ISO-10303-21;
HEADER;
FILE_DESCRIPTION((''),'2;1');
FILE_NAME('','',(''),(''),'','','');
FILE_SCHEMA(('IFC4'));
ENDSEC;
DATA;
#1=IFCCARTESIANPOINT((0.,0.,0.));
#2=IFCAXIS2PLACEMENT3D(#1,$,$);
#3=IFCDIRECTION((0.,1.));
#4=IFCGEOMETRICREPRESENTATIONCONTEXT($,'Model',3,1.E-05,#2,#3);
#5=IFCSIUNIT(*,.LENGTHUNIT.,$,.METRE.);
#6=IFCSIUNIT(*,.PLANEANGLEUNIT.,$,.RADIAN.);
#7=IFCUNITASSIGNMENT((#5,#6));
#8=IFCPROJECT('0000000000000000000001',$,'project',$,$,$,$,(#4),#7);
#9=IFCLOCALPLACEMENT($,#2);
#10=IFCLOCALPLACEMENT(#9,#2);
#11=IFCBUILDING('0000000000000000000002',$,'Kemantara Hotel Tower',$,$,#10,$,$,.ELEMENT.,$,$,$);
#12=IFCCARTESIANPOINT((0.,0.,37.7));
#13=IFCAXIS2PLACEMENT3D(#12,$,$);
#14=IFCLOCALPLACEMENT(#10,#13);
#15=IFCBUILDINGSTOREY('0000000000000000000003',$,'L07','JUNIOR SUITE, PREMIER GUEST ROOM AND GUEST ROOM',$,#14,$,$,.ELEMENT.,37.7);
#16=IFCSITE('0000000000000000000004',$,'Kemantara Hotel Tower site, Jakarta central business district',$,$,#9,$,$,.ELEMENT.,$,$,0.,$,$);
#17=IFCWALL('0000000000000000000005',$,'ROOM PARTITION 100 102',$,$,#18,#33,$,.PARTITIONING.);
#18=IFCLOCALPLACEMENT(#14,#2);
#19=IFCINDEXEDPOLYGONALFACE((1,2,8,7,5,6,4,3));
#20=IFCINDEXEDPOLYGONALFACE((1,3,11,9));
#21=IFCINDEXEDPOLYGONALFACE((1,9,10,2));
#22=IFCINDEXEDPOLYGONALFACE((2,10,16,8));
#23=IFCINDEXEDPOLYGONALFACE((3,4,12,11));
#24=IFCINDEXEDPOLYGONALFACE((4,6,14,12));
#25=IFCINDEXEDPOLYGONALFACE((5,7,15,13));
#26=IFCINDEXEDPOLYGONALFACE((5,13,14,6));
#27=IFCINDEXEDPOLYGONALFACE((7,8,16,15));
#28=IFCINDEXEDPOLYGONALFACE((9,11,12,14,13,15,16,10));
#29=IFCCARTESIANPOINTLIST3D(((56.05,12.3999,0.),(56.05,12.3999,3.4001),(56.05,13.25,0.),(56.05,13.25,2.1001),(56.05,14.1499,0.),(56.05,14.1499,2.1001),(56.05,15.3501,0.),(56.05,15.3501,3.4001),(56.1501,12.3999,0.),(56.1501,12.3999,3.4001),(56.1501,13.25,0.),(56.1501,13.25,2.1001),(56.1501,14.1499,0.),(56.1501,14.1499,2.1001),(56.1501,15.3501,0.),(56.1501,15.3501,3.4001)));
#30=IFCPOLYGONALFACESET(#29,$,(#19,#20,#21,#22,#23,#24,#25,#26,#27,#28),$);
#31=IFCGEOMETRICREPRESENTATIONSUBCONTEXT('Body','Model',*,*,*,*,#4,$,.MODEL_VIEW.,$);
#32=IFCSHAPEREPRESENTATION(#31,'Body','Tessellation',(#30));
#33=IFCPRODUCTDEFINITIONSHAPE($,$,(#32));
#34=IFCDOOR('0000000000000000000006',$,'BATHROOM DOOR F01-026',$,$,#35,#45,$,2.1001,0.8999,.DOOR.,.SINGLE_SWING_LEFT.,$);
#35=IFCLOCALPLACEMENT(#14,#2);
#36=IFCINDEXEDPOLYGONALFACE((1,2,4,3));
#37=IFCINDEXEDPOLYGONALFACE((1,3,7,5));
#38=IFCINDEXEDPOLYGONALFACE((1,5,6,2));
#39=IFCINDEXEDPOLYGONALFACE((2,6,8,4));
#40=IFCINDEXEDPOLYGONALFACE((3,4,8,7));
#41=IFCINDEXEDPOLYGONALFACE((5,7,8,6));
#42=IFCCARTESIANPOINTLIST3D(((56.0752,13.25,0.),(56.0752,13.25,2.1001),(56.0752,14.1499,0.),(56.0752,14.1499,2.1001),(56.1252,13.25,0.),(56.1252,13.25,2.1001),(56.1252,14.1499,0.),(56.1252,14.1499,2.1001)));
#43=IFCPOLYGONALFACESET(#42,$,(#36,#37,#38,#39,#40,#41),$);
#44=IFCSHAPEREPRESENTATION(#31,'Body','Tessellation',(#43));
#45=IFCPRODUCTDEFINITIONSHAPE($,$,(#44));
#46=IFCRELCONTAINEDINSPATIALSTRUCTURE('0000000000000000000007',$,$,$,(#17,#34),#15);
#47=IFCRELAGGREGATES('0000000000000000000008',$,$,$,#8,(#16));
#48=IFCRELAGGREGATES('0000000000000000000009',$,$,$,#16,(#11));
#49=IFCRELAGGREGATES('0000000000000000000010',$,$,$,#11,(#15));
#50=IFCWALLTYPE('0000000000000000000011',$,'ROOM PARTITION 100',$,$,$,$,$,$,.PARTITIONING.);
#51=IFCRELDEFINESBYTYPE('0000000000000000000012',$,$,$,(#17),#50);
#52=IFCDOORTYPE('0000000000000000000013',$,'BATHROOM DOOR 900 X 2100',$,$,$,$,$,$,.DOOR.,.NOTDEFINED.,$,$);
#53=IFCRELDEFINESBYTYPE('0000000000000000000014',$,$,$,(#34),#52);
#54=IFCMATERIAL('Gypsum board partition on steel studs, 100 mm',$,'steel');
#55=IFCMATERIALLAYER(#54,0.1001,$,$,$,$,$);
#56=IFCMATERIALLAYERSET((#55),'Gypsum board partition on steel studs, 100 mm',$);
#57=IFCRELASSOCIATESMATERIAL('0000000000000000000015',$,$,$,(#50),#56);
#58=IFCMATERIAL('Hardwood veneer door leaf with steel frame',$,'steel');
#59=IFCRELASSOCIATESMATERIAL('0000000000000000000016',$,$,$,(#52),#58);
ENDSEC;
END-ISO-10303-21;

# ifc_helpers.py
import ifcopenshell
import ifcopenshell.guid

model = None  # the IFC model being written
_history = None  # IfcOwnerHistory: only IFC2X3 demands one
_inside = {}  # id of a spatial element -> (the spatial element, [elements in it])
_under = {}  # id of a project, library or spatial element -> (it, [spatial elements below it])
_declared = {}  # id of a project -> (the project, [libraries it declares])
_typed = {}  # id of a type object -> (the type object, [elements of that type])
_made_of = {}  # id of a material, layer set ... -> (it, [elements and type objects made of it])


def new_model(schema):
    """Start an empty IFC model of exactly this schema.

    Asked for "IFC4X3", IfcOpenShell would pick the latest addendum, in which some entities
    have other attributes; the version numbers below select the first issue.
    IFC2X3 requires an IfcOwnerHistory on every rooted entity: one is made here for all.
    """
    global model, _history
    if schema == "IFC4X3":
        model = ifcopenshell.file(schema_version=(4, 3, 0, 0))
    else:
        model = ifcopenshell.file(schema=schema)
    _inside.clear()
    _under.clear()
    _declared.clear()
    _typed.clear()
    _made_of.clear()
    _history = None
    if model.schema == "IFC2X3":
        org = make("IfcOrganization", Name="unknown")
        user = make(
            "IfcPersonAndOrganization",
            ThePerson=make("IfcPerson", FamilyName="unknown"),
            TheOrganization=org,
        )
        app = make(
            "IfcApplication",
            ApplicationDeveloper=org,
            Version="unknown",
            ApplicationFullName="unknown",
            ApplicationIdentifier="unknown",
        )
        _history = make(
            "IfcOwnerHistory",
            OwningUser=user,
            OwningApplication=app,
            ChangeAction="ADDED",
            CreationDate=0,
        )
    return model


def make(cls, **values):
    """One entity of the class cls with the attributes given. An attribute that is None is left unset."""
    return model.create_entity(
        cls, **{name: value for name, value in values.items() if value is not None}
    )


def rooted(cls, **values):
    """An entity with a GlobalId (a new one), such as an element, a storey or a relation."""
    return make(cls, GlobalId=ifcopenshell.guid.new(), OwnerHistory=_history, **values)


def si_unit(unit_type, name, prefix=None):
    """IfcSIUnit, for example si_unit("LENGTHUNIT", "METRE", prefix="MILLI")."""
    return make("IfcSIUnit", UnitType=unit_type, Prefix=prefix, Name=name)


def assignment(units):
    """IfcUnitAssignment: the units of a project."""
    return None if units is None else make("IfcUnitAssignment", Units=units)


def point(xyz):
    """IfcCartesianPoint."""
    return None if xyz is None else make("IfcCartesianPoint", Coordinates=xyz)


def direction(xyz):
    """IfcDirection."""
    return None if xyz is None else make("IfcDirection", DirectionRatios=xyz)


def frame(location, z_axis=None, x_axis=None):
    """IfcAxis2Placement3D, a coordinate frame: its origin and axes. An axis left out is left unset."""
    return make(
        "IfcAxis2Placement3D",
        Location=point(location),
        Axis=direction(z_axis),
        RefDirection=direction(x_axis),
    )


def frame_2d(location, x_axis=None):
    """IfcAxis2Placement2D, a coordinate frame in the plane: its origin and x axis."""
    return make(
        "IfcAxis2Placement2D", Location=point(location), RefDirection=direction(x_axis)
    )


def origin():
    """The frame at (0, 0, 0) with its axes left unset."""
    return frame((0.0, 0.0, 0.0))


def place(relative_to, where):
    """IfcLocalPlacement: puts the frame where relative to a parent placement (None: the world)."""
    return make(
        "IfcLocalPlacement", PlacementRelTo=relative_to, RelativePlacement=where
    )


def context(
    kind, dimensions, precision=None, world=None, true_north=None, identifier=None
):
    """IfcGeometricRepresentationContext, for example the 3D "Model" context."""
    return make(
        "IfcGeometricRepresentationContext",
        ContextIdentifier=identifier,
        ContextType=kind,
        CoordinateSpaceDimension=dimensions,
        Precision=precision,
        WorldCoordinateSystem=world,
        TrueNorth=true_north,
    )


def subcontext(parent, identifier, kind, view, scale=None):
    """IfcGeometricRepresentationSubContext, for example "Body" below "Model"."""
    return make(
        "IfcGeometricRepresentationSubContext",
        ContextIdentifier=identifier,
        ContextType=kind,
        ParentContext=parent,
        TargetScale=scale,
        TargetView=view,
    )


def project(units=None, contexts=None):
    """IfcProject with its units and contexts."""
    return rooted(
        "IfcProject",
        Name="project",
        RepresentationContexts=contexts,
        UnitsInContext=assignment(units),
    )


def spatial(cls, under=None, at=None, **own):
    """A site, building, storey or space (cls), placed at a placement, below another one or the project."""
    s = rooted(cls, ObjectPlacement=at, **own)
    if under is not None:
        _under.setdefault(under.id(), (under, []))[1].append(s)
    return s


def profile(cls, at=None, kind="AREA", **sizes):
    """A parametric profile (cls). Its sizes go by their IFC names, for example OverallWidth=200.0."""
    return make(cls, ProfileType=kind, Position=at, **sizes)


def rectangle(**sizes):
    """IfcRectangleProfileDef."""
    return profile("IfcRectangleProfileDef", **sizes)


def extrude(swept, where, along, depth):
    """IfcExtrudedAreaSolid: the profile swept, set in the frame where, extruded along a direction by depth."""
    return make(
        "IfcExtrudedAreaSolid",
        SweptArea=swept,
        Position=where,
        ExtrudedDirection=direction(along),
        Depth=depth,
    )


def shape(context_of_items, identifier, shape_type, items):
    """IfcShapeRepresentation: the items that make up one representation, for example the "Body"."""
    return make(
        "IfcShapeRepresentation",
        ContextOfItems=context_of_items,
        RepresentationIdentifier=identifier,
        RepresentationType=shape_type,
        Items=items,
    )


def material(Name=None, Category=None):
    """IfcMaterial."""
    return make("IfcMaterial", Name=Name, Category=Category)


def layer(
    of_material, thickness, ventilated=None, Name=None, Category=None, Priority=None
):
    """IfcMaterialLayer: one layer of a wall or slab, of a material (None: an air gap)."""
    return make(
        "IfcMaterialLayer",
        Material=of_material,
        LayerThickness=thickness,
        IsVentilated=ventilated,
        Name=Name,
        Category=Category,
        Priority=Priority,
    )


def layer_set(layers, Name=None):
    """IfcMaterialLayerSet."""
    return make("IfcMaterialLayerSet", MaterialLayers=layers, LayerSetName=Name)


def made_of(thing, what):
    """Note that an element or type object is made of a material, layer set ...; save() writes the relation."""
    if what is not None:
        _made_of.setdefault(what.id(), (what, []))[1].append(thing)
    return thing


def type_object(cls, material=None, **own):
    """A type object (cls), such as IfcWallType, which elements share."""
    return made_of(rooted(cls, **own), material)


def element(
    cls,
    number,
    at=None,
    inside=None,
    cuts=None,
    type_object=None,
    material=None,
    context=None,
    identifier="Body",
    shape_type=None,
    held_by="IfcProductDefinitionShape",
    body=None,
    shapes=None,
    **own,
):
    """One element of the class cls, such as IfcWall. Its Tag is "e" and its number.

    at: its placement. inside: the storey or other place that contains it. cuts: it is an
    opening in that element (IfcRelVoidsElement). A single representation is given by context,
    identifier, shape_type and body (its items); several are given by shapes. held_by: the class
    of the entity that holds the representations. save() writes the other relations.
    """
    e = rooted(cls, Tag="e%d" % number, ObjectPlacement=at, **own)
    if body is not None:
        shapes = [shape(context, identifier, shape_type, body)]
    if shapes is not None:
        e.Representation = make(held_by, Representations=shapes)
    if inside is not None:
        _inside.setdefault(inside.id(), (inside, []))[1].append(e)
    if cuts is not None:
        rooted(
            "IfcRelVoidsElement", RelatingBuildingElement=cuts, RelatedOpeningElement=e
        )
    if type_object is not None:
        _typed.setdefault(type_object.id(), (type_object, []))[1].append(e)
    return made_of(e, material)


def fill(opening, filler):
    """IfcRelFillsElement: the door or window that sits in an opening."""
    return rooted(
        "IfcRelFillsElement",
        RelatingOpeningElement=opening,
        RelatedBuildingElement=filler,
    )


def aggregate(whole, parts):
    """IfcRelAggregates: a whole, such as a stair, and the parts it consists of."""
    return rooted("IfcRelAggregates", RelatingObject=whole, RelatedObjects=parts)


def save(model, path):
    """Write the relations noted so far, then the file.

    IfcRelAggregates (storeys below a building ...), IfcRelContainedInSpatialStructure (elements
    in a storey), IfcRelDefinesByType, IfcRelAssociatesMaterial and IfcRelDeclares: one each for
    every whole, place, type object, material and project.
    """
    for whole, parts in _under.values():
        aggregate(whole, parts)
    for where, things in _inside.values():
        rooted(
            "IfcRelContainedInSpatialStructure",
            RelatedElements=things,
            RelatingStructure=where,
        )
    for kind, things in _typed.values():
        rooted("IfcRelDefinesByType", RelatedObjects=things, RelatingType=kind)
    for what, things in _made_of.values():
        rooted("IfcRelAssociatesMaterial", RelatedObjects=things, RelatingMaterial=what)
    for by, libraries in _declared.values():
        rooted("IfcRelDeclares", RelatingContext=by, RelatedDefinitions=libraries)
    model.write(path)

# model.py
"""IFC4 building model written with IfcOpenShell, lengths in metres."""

from ifc_helpers import new_model, si_unit, direction, frame, frame_2d, origin, place, context, subcontext, project, spatial, rectangle, extrude, material, layer, layer_set, type_object, element, fill, save


model = new_model("IFC4")

# Units and contexts
model_context = context("Model", 3, precision=1e-05, world=origin(), true_north=direction((0.0, 1.0)))
body_context = subcontext(model_context, "Body", "Model", "MODEL_VIEW")
ifc_project = project(units=[si_unit("LENGTHUNIT", "METRE"), si_unit("PLANEANGLEUNIT", "RADIAN")], contexts=[model_context])

# Site, building, storey
site_placement = place(None, origin())
site = spatial("IfcSite", under=ifc_project, at=site_placement, Name="Kemantara Hotel Tower site, Jakarta central business district", CompositionType="ELEMENT", RefElevation=0.0)
building_placement = place(site_placement, origin())
building = spatial("IfcBuilding", under=site, at=building_placement, Name="Kemantara Hotel Tower", CompositionType="ELEMENT")
storey_placement = place(building_placement, frame((0.0, 0.0, 37.7)))
storey = spatial("IfcBuildingStorey", under=building, at=storey_placement, Name="L07", Description="JUNIOR SUITE, PREMIER GUEST ROOM AND GUEST ROOM", CompositionType="ELEMENT", Elevation=37.7)

# Shared definitions
ifc_material_1 = material(Name="Hardwood veneer door leaf with steel frame", Category="steel")

# Wall, opening, door
ifc_material_2 = material(Name="Gypsum board partition on steel studs, 100 mm", Category="steel")
ifc_layer_1 = layer(ifc_material_2, 0.1001)
ifc_layer_set_1 = layer_set([ifc_layer_1], Name="Gypsum board partition on steel studs, 100 mm")
wall_type_1 = type_object("IfcWallType", Name="ROOM PARTITION 100", PredefinedType="PARTITIONING", material=ifc_layer_set_1)
door_type_1 = type_object("IfcDoorType", Name="BATHROOM DOOR 900 X 2100", OperationType="NOTDEFINED", PredefinedType="DOOR", material=ifc_material_1)
wall_1_placement = place(storey_placement, frame((56.1001, 12.3999, 0.0), z_axis=(0.0, 0.0, 1.0), x_axis=(0.0, 1.0, 0.0)))
wall_1 = element("IfcWall", 1, at=wall_1_placement, inside=storey, type_object=wall_type_1, Name="ROOM PARTITION 100 102", PredefinedType="PARTITIONING", context=body_context, shape_type="SweptSolid", body=[
    extrude(rectangle(XDim=2.9502, YDim=0.1001, at=frame_2d((1.4751, 0.0))), origin(), (0.0, 0.0, 1.0), 3.4001),
])
opening_1_placement = place(wall_1_placement, frame((0.8501, 0.0, 0.0)))
opening_1 = element("IfcOpeningElement", 2, at=opening_1_placement, cuts=wall_1, PredefinedType="OPENING", context=body_context, shape_type="SweptSolid", body=[
    extrude(rectangle(XDim=0.8999, YDim=2.1001, at=frame_2d((0.45, 1.05))), frame((0.0, 0.0601, 0.0), z_axis=(0.0, -1.0, 0.0), x_axis=(1.0, 0.0, 0.0)), (0.0, 0.0, 1.0), 0.1201),
])
door_1_placement = place(opening_1_placement, origin())
door_1 = element("IfcDoor", 3, at=door_1_placement, inside=storey, type_object=door_type_1, Name="BATHROOM DOOR F01-026", OperationType="SINGLE_SWING_LEFT", OverallHeight=2.1001, OverallWidth=0.8999, PredefinedType="DOOR", context=body_context, shape_type="SweptSolid", body=[
    extrude(rectangle(XDim=0.8999, YDim=2.1001, at=frame_2d((0.45, 1.05))), frame((0.0, 0.0249, 0.0), z_axis=(0.0, -1.0, 0.0), x_axis=(1.0, 0.0, 0.0)), (0.0, 0.0, 1.0), 0.05),
])
fill(opening_1, door_1)

save(model, "model.ifc")
